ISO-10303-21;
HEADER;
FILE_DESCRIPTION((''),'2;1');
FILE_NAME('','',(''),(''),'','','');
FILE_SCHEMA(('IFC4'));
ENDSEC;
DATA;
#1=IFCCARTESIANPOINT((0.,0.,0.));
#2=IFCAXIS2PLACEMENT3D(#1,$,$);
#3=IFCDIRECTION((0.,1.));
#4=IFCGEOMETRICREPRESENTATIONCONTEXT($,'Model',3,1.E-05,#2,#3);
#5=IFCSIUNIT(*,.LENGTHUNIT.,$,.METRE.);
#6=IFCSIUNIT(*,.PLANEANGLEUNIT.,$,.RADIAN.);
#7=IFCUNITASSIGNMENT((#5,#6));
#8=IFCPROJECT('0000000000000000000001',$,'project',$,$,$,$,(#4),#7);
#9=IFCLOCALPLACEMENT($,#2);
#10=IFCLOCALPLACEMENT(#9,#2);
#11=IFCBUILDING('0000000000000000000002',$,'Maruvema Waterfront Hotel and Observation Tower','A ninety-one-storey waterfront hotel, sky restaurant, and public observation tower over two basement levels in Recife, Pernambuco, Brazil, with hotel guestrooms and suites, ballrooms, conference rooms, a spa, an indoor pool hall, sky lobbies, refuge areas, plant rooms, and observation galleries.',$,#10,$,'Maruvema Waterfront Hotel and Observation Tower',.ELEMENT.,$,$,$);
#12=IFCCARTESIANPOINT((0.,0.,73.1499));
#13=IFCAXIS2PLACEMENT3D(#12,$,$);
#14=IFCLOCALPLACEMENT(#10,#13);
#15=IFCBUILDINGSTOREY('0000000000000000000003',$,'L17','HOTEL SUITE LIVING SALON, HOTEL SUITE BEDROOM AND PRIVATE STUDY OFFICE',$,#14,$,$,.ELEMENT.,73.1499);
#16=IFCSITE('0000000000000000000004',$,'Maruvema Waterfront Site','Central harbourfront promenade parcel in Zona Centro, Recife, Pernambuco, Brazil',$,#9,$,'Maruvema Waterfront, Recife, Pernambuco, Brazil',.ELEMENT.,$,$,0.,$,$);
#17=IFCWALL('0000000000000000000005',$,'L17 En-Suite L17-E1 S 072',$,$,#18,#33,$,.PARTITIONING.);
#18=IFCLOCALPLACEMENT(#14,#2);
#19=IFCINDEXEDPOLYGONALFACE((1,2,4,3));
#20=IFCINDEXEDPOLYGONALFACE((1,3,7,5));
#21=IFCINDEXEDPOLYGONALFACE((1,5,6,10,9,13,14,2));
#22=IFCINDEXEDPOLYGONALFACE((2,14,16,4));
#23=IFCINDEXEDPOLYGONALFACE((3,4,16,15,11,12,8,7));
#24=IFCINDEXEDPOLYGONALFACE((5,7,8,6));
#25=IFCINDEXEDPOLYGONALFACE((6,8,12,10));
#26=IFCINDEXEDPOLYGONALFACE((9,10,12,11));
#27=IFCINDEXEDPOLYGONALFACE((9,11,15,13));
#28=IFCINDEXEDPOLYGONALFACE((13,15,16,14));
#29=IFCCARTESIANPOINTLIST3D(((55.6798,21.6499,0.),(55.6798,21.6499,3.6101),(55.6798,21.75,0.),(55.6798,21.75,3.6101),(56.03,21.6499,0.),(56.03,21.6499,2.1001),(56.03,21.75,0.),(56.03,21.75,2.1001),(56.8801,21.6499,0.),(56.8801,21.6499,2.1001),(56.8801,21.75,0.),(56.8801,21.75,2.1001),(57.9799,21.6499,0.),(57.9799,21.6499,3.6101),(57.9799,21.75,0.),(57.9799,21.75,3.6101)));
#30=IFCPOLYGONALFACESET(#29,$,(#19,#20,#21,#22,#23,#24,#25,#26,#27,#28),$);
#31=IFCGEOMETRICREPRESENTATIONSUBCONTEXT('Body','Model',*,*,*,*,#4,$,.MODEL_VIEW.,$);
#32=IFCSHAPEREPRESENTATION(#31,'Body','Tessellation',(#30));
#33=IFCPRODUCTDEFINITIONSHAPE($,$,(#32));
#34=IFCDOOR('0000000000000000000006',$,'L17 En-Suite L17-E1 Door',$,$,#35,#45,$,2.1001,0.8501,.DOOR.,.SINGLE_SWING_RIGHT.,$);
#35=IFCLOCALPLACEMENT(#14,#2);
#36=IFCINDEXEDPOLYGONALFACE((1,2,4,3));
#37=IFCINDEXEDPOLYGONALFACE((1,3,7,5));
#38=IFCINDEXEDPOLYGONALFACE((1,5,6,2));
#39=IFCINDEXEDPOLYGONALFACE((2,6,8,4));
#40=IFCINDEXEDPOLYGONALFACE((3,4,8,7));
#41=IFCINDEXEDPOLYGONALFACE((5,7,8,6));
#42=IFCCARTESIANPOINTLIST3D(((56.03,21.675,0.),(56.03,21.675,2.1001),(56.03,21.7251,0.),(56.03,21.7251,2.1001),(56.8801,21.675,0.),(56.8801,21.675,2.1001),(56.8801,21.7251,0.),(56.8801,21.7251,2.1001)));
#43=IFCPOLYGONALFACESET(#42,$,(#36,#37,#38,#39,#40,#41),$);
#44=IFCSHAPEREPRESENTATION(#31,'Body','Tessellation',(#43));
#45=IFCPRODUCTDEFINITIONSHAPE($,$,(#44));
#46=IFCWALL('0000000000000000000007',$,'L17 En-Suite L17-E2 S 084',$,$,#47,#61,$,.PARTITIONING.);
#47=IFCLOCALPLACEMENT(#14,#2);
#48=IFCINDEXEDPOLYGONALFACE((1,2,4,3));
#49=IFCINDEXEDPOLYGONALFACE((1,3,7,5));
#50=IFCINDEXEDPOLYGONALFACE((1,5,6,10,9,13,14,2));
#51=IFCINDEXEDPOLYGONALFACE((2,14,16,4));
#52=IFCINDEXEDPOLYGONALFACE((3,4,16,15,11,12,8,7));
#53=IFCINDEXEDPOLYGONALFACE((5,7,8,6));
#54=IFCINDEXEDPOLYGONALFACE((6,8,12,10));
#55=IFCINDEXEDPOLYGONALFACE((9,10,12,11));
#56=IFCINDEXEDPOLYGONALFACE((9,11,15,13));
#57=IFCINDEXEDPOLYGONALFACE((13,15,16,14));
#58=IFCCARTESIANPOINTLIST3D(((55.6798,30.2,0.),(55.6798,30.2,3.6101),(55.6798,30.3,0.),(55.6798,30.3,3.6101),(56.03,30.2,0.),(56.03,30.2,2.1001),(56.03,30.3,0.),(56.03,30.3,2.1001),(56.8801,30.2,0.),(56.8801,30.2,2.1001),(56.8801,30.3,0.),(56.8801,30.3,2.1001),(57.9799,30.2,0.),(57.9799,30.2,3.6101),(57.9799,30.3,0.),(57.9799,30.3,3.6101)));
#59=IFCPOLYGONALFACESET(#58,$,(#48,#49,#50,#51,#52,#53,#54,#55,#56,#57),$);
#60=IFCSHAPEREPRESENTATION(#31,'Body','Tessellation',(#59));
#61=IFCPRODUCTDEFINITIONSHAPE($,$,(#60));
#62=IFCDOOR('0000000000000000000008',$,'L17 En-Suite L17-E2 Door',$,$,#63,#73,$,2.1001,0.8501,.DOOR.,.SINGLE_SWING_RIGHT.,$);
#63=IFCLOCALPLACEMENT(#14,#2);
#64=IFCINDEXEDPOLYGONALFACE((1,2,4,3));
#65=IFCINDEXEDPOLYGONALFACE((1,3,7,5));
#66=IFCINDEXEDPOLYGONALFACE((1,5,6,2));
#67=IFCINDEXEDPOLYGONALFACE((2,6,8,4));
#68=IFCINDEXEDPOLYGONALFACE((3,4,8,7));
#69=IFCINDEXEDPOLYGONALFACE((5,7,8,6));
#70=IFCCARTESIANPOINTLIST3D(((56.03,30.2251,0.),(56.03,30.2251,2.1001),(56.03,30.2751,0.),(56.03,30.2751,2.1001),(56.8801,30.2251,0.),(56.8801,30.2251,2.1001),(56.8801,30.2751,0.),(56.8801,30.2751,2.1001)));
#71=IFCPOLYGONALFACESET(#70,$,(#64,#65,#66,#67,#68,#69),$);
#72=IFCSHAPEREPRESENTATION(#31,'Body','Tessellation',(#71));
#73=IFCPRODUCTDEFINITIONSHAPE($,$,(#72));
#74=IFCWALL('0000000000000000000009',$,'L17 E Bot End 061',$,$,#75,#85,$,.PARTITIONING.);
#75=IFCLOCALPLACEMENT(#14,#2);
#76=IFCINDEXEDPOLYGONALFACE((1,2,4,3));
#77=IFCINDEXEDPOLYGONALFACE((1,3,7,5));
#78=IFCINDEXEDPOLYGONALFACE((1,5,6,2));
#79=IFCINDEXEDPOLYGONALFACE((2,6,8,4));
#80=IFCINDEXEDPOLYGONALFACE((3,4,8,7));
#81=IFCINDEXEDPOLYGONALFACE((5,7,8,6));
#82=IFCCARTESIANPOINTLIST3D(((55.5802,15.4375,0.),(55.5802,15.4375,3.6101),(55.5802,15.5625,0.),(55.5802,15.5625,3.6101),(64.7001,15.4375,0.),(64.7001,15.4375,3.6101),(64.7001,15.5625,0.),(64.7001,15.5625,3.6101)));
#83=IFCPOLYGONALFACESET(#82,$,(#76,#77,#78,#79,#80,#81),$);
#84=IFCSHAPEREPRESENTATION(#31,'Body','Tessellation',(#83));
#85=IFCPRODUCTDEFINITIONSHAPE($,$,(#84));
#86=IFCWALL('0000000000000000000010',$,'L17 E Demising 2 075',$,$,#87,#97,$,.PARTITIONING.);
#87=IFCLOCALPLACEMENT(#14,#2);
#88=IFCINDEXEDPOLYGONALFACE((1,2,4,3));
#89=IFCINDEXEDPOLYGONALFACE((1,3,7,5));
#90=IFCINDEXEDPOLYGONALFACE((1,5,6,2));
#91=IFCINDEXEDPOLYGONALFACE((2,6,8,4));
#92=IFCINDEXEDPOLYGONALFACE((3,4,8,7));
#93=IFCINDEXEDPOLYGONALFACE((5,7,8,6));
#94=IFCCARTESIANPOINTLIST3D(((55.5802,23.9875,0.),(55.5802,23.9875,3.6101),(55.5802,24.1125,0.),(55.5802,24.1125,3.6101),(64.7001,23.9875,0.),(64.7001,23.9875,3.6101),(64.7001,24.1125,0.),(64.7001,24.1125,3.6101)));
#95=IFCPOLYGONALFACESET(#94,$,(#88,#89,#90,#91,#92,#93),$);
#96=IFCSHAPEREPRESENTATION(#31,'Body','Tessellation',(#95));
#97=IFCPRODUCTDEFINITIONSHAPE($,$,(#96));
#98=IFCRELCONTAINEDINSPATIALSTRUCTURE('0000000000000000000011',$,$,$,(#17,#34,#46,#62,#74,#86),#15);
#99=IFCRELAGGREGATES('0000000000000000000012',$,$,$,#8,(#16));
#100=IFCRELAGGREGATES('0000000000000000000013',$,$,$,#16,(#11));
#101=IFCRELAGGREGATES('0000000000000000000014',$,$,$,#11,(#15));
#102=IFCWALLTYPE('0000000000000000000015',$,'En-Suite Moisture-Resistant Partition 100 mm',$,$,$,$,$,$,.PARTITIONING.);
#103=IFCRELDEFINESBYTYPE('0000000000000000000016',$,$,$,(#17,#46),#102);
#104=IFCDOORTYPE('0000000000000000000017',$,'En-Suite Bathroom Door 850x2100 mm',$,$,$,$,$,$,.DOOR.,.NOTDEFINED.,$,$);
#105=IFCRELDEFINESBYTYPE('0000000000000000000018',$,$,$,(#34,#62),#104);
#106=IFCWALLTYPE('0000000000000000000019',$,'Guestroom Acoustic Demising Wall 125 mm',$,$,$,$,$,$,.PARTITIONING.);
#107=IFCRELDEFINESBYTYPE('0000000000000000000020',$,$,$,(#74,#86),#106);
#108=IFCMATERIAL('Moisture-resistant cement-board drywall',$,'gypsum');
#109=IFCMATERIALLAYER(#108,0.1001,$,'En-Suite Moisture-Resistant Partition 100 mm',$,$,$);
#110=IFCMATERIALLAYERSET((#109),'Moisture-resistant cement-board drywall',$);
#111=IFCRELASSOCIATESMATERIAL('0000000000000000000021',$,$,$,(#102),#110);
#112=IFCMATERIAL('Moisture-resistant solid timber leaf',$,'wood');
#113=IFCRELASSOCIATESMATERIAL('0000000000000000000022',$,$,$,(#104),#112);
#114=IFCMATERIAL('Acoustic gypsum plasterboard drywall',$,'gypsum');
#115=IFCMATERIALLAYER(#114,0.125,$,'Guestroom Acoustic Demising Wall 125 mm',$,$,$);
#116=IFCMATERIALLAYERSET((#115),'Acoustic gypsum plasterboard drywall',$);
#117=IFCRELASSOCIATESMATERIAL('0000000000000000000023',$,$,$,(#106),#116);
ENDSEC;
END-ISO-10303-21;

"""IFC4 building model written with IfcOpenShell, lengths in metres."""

from ifc_helpers import new_model, si_unit, direction, frame, frame_2d, origin, place, context, subcontext, project, spatial, rectangle, extrude, material, layer, layer_set, type_object, element, fill, save


model = new_model("IFC4")

# Units and contexts
model_context = context("Model", 3, precision=1e-05, world=origin(), true_north=direction((0.0, 1.0)))
body_context = subcontext(model_context, "Body", "Model", "MODEL_VIEW")
ifc_project = project(units=[si_unit("LENGTHUNIT", "METRE"), si_unit("PLANEANGLEUNIT", "RADIAN")], contexts=[model_context])

# Site, building, storey
site_placement = place(None, origin())
site = spatial("IfcSite", under=ifc_project, at=site_placement, Name="Maruvema Waterfront Site", Description="Central harbourfront promenade parcel in Zona Centro, Recife, Pernambuco, Brazil", LongName="Maruvema Waterfront, Recife, Pernambuco, Brazil", CompositionType="ELEMENT", RefElevation=0.0)
building_placement = place(site_placement, origin())
building = spatial("IfcBuilding", under=site, at=building_placement, Name="Maruvema Waterfront Hotel and Observation Tower", Description="A ninety-one-storey waterfront hotel, sky restaurant, and public observation tower over two basement levels in Recife, Pernambuco, Brazil, with hotel guestrooms and suites, ballrooms, conference rooms, a spa, an indoor pool hall, sky lobbies, refuge areas, plant rooms, and observation galleries.", LongName="Maruvema Waterfront Hotel and Observation Tower", CompositionType="ELEMENT")
storey_placement = place(building_placement, frame((0.0, 0.0, 73.1499)))
storey = spatial("IfcBuildingStorey", under=building, at=storey_placement, Name="L17", Description="HOTEL SUITE LIVING SALON, HOTEL SUITE BEDROOM AND PRIVATE STUDY OFFICE", CompositionType="ELEMENT", Elevation=73.1499)

# Shared definitions
ifc_material_1 = material(Name="Moisture-resistant cement-board drywall", Category="gypsum")
ifc_layer_1 = layer(ifc_material_1, 0.1001, Name="En-Suite Moisture-Resistant Partition 100 mm")
ifc_layer_set_1 = layer_set([ifc_layer_1], Name="Moisture-resistant cement-board drywall")
wall_type_1 = type_object("IfcWallType", Name="En-Suite Moisture-Resistant Partition 100 mm", PredefinedType="PARTITIONING", material=ifc_layer_set_1)

# Walls, openings, doors
wall_1_placement = place(storey_placement, frame((55.6799, 21.7, 0.0), z_axis=(0.0, 0.0, 1.0), x_axis=(1.0, 0.0, 0.0)))
wall_1 = element("IfcWall", 1, at=wall_1_placement, inside=storey, type_object=wall_type_1, Name="L17 En-Suite L17-E1 S 072", PredefinedType="PARTITIONING", context=body_context, shape_type="SweptSolid", body=[
    extrude(rectangle(XDim=2.3, YDim=0.1001, at=frame_2d((1.1499, 0.0))), origin(), (0.0, 0.0, 1.0), 3.6101),
])
opening_1_placement = place(wall_1_placement, frame((0.3501, 0.0, 0.0)))
opening_1 = element("IfcOpeningElement", 2, at=opening_1_placement, cuts=wall_1, PredefinedType="OPENING", context=body_context, shape_type="SweptSolid", body=[
    extrude(rectangle(XDim=0.8501, YDim=2.1001, at=frame_2d((0.425, 1.05))), frame((0.0, 0.0601, 0.0), z_axis=(0.0, -1.0, 0.0), x_axis=(1.0, 0.0, 0.0)), (0.0, 0.0, 1.0), 0.1201),
])
ifc_material_2 = material(Name="Moisture-resistant solid timber leaf", Category="wood")
door_type_1 = type_object("IfcDoorType", Name="En-Suite Bathroom Door 850x2100 mm", OperationType="NOTDEFINED", PredefinedType="DOOR", material=ifc_material_2)
door_1_placement = place(opening_1_placement, frame((0.8501, 0.0, 0.0), z_axis=(0.0, 0.0, 1.0), x_axis=(-1.0, 0.0, 0.0)))
door_1 = element("IfcDoor", 3, at=door_1_placement, inside=storey, type_object=door_type_1, Name="L17 En-Suite L17-E1 Door", OperationType="SINGLE_SWING_RIGHT", OverallHeight=2.1001, OverallWidth=0.8501, PredefinedType="DOOR", context=body_context, shape_type="SweptSolid", body=[
    extrude(rectangle(XDim=0.8501, YDim=2.1001, at=frame_2d((0.425, 1.05))), frame((0.0, 0.0249, 0.0), z_axis=(0.0, -1.0, 0.0), x_axis=(1.0, 0.0, 0.0)), (0.0, 0.0, 1.0), 0.05),
])
fill(opening_1, door_1)
wall_2_placement = place(storey_placement, frame((55.6799, 30.25, 0.0), z_axis=(0.0, 0.0, 1.0), x_axis=(1.0, 0.0, 0.0)))
wall_2 = element("IfcWall", 4, at=wall_2_placement, inside=storey, type_object=wall_type_1, Name="L17 En-Suite L17-E2 S 084", PredefinedType="PARTITIONING", context=body_context, shape_type="SweptSolid", body=[
    extrude(rectangle(XDim=2.3, YDim=0.1001, at=frame_2d((1.1499, 0.0))), origin(), (0.0, 0.0, 1.0), 3.6101),
])
opening_2_placement = place(wall_2_placement, frame((0.3501, 0.0, 0.0)))
opening_2 = element("IfcOpeningElement", 5, at=opening_2_placement, cuts=wall_2, PredefinedType="OPENING", context=body_context, shape_type="SweptSolid", body=[
    extrude(rectangle(XDim=0.8501, YDim=2.1001, at=frame_2d((0.425, 1.05))), frame((0.0, 0.0601, 0.0), z_axis=(0.0, -1.0, 0.0), x_axis=(1.0, 0.0, 0.0)), (0.0, 0.0, 1.0), 0.1201),
])
door_2_placement = place(opening_2_placement, frame((0.8501, 0.0, 0.0), z_axis=(0.0, 0.0, 1.0), x_axis=(-1.0, 0.0, 0.0)))
door_2 = element("IfcDoor", 6, at=door_2_placement, inside=storey, type_object=door_type_1, Name="L17 En-Suite L17-E2 Door", OperationType="SINGLE_SWING_RIGHT", OverallHeight=2.1001, OverallWidth=0.8501, PredefinedType="DOOR", context=body_context, shape_type="SweptSolid", body=[
    extrude(rectangle(XDim=0.8501, YDim=2.1001, at=frame_2d((0.425, 1.05))), frame((0.0, 0.0249, 0.0), z_axis=(0.0, -1.0, 0.0), x_axis=(1.0, 0.0, 0.0)), (0.0, 0.0, 1.0), 0.05),
])
fill(opening_2, door_2)

# Walls
ifc_material_3 = material(Name="Acoustic gypsum plasterboard drywall", Category="gypsum")
ifc_layer_2 = layer(ifc_material_3, 0.125, Name="Guestroom Acoustic Demising Wall 125 mm")
ifc_layer_set_2 = layer_set([ifc_layer_2], Name="Acoustic gypsum plasterboard drywall")
wall_type_2 = type_object("IfcWallType", Name="Guestroom Acoustic Demising Wall 125 mm", PredefinedType="PARTITIONING", material=ifc_layer_set_2)
for number, where, z_axis, x_axis, name in (
    (7, (55.5801, 15.5, 0.0), (0.0, 0.0, 1.0), (1.0, 0.0, 0.0), "L17 E Bot End 061"),
    (8, (55.5801, 24.05, 0.0), (0.0, 0.0, 1.0), (1.0, 0.0, 0.0), "L17 E Demising 2 075"),
):
    element("IfcWall", number, at=place(storey_placement, frame(where, z_axis=z_axis, x_axis=x_axis)), inside=storey, type_object=wall_type_2, Name=name, PredefinedType="PARTITIONING", context=body_context, shape_type="SweptSolid", body=[
        extrude(rectangle(XDim=9.1199, YDim=0.125, at=frame_2d((4.5601, 0.0))), origin(), (0.0, 0.0, 1.0), 3.6101),
    ])

save(model, "model.ifc")
